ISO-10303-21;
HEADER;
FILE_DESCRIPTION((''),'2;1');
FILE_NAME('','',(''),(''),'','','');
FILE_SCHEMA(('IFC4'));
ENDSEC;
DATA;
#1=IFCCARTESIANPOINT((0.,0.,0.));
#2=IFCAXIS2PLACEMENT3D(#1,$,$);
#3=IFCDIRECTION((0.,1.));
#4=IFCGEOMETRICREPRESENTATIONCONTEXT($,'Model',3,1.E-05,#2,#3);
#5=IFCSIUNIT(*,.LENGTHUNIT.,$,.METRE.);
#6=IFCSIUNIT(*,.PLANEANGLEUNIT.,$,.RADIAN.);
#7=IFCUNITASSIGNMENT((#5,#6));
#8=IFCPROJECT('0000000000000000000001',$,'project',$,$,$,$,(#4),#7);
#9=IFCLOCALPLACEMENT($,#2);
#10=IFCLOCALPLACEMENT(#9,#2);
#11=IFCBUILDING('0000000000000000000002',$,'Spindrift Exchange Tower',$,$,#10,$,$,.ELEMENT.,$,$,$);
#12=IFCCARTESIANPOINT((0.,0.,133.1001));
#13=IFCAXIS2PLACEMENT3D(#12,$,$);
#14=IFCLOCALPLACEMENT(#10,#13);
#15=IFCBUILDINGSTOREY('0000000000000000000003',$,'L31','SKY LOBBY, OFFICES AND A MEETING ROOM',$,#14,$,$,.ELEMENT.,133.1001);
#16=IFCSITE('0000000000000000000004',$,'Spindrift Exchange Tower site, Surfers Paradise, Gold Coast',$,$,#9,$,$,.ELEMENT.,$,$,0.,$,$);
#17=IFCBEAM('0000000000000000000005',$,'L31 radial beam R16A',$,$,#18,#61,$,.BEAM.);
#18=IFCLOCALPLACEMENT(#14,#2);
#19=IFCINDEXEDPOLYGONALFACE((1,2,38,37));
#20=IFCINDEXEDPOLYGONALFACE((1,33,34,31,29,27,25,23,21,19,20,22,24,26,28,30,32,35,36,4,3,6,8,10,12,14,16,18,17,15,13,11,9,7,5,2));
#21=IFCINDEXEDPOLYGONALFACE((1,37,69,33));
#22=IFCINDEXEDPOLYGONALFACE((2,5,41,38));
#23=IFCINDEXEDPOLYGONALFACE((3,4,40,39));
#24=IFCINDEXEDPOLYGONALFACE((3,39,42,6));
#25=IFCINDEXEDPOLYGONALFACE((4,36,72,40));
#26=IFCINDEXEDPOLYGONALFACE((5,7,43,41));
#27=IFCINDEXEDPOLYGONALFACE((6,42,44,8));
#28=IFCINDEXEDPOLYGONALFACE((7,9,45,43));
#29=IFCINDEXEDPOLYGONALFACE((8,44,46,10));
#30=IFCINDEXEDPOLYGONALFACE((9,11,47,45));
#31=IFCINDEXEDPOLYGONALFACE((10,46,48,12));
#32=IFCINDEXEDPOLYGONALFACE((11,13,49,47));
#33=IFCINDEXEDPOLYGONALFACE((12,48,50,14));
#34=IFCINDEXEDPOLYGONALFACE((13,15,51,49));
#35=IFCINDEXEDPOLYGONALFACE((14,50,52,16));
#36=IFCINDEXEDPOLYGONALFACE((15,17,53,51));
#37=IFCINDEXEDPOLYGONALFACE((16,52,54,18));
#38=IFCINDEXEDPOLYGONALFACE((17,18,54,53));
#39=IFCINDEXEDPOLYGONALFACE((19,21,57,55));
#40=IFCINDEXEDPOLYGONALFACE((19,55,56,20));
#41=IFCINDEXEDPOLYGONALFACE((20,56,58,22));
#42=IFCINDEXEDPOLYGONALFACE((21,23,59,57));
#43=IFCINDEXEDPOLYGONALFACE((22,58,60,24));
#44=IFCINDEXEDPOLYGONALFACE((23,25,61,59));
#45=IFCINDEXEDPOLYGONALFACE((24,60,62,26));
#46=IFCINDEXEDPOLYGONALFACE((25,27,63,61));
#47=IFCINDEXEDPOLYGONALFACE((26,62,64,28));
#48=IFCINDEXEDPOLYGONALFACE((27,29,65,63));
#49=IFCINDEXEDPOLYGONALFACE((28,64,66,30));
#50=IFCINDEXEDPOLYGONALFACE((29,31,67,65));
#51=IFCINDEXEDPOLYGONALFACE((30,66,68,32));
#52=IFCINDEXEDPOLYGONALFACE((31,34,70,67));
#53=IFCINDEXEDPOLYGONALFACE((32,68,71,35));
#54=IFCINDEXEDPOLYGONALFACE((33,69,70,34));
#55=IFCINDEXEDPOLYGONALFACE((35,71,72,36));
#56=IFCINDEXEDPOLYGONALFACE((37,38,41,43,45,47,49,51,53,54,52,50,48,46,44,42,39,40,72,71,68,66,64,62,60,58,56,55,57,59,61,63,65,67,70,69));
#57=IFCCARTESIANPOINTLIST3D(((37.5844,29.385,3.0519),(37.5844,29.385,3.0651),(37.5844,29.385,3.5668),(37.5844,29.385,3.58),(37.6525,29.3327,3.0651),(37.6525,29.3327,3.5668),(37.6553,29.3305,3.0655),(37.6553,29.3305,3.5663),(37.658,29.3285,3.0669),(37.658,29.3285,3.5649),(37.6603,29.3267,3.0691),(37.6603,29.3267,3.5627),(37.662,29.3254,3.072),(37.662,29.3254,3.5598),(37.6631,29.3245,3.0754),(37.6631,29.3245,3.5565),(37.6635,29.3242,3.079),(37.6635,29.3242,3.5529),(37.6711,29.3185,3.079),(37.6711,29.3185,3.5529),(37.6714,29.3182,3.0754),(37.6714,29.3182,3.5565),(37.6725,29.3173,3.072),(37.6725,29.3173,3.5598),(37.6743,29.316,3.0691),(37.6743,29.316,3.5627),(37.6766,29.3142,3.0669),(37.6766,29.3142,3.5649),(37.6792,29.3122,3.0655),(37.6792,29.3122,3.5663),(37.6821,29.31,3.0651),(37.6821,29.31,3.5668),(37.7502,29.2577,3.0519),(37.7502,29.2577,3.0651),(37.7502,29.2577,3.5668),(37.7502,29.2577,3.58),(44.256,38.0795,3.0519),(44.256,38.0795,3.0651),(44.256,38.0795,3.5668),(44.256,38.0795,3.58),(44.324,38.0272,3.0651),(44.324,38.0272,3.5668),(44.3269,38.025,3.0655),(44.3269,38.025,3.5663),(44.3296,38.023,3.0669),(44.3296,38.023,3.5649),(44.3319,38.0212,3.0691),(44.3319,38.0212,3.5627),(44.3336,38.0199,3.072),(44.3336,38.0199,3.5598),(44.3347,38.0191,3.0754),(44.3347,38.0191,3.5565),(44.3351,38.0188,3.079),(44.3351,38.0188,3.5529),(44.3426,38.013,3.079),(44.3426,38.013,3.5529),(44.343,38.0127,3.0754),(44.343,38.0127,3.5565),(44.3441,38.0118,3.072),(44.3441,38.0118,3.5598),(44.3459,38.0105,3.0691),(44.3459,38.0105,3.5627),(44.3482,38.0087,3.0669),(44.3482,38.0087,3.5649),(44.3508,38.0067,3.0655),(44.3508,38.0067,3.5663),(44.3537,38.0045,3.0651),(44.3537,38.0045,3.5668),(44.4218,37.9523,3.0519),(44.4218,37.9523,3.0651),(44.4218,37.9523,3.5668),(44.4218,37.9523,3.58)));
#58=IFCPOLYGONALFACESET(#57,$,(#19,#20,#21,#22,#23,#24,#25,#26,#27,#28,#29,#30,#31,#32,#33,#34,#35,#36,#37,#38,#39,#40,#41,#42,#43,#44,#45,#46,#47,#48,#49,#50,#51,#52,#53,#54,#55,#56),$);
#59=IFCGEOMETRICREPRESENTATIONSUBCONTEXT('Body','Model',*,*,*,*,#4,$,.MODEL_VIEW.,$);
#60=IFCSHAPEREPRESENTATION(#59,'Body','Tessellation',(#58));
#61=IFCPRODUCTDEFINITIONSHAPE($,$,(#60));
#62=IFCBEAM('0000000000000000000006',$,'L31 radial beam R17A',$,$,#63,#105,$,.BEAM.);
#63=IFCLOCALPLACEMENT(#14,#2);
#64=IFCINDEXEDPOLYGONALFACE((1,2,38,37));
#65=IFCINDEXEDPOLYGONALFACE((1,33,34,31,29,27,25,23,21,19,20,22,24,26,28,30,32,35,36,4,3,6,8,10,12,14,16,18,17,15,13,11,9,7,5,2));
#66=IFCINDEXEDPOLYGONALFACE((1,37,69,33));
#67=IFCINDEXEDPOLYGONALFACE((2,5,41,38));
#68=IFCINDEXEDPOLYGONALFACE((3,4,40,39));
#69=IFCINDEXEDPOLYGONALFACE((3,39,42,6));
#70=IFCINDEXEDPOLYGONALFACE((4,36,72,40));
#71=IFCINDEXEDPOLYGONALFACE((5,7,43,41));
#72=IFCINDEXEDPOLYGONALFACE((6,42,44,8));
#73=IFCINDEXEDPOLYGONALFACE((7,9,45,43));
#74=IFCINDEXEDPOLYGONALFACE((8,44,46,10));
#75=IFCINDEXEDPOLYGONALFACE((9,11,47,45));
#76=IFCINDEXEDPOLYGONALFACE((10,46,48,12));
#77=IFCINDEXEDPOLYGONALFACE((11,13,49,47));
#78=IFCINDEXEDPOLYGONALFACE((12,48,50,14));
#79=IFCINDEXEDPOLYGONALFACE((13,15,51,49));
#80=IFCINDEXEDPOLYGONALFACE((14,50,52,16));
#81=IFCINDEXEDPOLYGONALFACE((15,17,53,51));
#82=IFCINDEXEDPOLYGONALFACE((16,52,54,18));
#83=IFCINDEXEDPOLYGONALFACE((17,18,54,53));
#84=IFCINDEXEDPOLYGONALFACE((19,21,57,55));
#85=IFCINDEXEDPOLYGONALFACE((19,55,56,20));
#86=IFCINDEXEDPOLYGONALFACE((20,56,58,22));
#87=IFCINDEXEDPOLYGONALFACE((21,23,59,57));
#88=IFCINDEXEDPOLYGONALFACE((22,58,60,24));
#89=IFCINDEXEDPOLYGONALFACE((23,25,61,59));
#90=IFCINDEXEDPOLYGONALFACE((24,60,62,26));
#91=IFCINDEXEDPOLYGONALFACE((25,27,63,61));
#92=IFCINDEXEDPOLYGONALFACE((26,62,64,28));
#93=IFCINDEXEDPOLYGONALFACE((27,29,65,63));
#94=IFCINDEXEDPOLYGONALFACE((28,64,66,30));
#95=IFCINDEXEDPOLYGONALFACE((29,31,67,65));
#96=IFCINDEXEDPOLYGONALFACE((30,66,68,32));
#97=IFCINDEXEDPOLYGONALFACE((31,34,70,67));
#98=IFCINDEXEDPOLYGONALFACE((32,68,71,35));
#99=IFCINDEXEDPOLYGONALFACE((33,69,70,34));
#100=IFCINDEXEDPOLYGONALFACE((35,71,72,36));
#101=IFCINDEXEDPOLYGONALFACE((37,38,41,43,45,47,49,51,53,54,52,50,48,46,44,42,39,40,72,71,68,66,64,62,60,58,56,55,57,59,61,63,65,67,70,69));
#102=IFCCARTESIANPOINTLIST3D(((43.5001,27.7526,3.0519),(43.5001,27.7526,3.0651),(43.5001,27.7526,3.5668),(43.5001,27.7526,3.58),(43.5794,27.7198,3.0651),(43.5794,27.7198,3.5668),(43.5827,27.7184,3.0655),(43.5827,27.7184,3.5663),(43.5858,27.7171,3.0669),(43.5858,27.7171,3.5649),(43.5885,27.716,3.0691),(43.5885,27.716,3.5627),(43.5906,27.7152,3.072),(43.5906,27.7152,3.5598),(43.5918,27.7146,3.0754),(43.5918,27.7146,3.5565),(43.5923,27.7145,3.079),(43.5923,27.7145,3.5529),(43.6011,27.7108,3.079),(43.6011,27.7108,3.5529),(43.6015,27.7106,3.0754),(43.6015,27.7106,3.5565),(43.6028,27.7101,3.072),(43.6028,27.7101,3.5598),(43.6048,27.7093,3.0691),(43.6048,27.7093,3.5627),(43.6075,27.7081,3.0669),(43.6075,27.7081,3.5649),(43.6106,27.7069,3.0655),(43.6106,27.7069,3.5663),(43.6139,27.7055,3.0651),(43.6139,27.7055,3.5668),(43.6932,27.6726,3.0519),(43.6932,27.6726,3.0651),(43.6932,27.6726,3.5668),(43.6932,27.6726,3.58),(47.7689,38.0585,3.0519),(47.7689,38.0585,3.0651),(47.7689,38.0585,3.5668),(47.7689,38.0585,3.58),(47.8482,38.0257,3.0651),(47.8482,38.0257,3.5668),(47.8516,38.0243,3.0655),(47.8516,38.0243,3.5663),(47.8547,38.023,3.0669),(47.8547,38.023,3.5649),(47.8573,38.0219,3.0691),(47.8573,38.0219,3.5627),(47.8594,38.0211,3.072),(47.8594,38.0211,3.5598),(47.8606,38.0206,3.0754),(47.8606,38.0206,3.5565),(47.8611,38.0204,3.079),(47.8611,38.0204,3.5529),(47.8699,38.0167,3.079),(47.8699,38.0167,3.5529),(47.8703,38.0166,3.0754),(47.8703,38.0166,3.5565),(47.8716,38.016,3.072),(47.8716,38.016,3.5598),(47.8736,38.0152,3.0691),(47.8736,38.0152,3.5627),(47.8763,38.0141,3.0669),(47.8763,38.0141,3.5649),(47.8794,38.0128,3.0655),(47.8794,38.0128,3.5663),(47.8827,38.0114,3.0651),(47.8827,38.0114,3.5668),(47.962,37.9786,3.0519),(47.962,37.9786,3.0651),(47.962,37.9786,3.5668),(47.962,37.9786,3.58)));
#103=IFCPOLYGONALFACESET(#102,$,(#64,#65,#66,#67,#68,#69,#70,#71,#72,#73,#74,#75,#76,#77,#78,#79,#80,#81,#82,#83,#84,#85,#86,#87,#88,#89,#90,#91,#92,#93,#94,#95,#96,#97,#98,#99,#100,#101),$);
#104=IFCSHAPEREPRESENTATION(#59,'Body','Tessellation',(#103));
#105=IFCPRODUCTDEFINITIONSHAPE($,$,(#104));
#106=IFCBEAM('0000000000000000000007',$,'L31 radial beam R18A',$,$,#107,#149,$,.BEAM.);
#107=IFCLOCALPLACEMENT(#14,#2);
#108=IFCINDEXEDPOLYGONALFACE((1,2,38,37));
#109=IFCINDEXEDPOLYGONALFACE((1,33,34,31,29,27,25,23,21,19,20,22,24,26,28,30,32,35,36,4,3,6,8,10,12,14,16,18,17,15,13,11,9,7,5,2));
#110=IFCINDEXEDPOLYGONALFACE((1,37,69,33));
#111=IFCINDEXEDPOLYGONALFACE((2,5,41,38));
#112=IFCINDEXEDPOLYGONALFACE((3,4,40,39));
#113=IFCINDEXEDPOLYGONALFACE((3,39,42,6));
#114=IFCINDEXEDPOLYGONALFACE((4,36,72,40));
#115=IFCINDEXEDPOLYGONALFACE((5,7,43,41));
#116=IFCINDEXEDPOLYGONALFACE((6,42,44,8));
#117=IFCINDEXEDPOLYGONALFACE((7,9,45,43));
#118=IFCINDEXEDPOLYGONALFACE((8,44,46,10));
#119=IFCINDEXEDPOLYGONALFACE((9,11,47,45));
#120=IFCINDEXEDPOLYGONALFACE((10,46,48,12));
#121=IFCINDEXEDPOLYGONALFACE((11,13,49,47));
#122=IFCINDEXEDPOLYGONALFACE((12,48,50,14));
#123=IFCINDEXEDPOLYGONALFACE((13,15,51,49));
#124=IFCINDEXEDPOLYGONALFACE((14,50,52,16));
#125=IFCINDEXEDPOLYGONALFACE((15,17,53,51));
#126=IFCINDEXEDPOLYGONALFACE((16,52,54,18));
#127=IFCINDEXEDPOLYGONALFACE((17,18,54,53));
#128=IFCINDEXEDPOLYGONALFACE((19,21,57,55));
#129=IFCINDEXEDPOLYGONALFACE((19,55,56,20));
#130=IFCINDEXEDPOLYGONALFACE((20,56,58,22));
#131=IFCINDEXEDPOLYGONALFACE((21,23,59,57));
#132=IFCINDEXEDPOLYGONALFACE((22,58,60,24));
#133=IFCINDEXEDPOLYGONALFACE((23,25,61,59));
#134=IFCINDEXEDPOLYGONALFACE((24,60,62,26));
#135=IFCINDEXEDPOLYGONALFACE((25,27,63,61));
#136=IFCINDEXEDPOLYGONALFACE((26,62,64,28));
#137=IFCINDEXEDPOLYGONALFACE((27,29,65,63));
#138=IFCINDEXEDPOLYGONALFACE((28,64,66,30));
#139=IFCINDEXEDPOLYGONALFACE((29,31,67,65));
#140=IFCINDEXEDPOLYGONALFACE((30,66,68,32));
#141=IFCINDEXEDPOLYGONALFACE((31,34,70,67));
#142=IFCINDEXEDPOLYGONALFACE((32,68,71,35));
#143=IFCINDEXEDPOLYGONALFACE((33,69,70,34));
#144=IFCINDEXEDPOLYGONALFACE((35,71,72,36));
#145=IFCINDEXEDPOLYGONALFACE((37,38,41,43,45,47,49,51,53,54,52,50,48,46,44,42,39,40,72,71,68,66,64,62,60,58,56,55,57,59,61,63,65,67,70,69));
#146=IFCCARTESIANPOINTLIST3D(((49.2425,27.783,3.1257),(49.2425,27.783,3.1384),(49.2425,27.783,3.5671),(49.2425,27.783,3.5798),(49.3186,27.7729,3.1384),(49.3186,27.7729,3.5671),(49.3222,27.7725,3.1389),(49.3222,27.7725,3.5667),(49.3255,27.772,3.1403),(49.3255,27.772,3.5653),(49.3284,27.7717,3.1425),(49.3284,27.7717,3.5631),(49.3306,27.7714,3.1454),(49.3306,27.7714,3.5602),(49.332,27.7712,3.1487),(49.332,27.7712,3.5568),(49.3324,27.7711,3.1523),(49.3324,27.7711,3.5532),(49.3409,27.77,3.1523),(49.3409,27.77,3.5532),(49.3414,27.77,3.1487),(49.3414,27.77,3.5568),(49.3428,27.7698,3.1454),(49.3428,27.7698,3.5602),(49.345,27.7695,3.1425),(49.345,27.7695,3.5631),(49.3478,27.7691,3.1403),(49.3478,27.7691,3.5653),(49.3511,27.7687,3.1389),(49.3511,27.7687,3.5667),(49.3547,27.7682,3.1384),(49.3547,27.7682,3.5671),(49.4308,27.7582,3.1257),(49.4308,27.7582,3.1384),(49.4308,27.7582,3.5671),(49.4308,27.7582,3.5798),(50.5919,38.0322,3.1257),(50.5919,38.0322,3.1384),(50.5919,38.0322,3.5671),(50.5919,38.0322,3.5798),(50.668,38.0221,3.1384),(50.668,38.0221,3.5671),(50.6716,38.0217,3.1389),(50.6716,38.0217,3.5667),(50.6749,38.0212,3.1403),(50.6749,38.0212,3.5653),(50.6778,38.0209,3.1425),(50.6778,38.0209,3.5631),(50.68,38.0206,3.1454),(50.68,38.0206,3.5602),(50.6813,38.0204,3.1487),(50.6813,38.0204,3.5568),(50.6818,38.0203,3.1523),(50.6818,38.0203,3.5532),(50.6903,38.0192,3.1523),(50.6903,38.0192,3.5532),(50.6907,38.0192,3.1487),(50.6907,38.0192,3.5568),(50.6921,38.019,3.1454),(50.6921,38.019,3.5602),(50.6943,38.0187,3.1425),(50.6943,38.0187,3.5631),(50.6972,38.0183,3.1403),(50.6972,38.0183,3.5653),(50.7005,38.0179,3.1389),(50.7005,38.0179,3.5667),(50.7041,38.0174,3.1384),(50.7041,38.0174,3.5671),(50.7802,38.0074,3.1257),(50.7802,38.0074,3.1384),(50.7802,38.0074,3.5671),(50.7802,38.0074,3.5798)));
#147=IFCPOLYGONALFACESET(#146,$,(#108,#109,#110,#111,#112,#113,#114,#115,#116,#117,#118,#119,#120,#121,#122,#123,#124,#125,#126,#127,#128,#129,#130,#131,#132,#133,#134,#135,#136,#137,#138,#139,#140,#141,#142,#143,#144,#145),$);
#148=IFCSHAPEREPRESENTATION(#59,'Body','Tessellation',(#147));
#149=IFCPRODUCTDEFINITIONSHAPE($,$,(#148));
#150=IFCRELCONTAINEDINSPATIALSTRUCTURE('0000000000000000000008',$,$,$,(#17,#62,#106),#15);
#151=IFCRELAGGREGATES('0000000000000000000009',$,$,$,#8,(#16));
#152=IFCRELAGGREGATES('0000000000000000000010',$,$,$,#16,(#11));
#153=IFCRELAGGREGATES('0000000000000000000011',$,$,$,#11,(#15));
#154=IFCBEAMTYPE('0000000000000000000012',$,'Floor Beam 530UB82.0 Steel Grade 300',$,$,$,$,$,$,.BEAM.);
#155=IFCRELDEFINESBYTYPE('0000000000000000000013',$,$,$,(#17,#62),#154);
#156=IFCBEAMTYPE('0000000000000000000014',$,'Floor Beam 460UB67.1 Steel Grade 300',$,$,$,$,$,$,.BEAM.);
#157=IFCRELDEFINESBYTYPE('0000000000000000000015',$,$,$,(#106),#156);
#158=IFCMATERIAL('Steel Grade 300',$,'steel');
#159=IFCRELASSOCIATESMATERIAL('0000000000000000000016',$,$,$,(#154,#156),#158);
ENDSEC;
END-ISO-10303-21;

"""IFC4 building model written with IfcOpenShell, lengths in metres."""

from ifc_helpers import new_model, si_unit, direction, frame, origin, origin_2d, place, context, subcontext, project, spatial, i_section, extrude, source, transform, mapped, material, material_profile, profile_set, type_object, element, save


model = new_model("IFC4")

# Units and contexts
model_context = context("Model", 3, precision=1e-05, world=origin(), true_north=direction((0.0, 1.0)))
body_context = subcontext(model_context, "Body", "Model", "MODEL_VIEW")
ifc_project = project(units=[si_unit("LENGTHUNIT", "METRE"), si_unit("PLANEANGLEUNIT", "RADIAN")], contexts=[model_context])

# Site, building, storey
site_placement = place(None, origin())
site = spatial("IfcSite", under=ifc_project, at=site_placement, Name="Spindrift Exchange Tower site, Surfers Paradise, Gold Coast", CompositionType="ELEMENT", RefElevation=0.0)
building_placement = place(site_placement, origin())
building = spatial("IfcBuilding", under=site, at=building_placement, Name="Spindrift Exchange Tower", CompositionType="ELEMENT")
storey_placement = place(building_placement, frame((0.0, 0.0, 133.1001)))
storey = spatial("IfcBuildingStorey", under=building, at=storey_placement, Name="L31", Description="SKY LOBBY, OFFICES AND A MEETING ROOM", CompositionType="ELEMENT", Elevation=133.1001)

# Beams
ifc_material_1 = material(Name="Steel Grade 300", Category="steel")
ifc_material_profile_1 = material_profile(ifc_material_1, i_section(OverallWidth=0.209, OverallDepth=0.5281, WebThickness=0.0095, FlangeThickness=0.0132, FilletRadius=0.0139, at=origin_2d()), Name="530UB82.0")
ifc_profile_set_1 = profile_set([ifc_material_profile_1], Name="Steel Grade 300")
beam_type_1 = type_object("IfcBeamType", Name="Floor Beam 530UB82.0 Steel Grade 300", PredefinedType="BEAM", material=ifc_profile_set_1)
shared_shape_1 = source(origin(), body_context, "Body", "SweptSolid", [
    extrude(i_section(OverallWidth=0.209, OverallDepth=0.5281, WebThickness=0.0095, FlangeThickness=0.0132, FilletRadius=0.0139, at=origin_2d()), origin(), (0.0, 0.0, 1.0), 10.9592),
])
beam_1_placement = place(storey_placement, frame((44.3389, 38.0159, 3.3159), z_axis=(-0.608764, -0.793351, 0.0), x_axis=(0.793351, -0.608764, 0.0)))
element("IfcBeam", 1, at=beam_1_placement, inside=storey, type_object=beam_type_1, Name="L31 radial beam R16A", PredefinedType="BEAM", context=body_context, shape_type="MappedRepresentation", body=[
    mapped(shared_shape_1, transform((0.0, 0.0, 0.0), scale=1.0)),
])
shared_shape_2 = source(origin(), body_context, "Body", "SweptSolid", [
    extrude(i_section(OverallWidth=0.209, OverallDepth=0.5281, WebThickness=0.0095, FlangeThickness=0.0132, FilletRadius=0.0139, at=origin_2d()), origin(), (0.0, 0.0, 1.0), 11.155),
])
beam_2_placement = place(storey_placement, frame((47.8655, 38.0186, 3.3159), z_axis=(-0.38268, -0.923881, 0.0), x_axis=(0.923881, -0.38268, 0.0)))
element("IfcBeam", 2, at=beam_2_placement, inside=storey, type_object=beam_type_1, Name="L31 radial beam R17A", PredefinedType="BEAM", context=body_context, shape_type="MappedRepresentation", body=[
    mapped(shared_shape_2, transform((0.0, 0.0, 0.0), scale=1.0)),
])
ifc_material_profile_2 = material_profile(ifc_material_1, i_section(OverallWidth=0.1899, OverallDepth=0.4541, WebThickness=0.0085, FlangeThickness=0.0127, FilletRadius=0.0139, at=origin_2d()), Name="460UB67.1")
ifc_profile_set_2 = profile_set([ifc_material_profile_2], Name="Steel Grade 300")
beam_type_2 = type_object("IfcBeamType", Name="Floor Beam 460UB67.1 Steel Grade 300", PredefinedType="BEAM", material=ifc_profile_set_2)
shared_shape_3 = source(origin(), body_context, "Body", "SweptSolid", [
    extrude(i_section(OverallWidth=0.1899, OverallDepth=0.4541, WebThickness=0.0085, FlangeThickness=0.0127, FilletRadius=0.0139, at=origin_2d()), origin(), (0.0, 0.0, 1.0), 10.3376),
])
beam_3_placement = place(storey_placement, frame((50.686, 38.0198, 3.3528), z_axis=(-0.130528, -0.991445, 0.0), x_axis=(0.991445, -0.130528, 0.0)))
element("IfcBeam", 3, at=beam_3_placement, inside=storey, type_object=beam_type_2, Name="L31 radial beam R18A", PredefinedType="BEAM", context=body_context, shape_type="MappedRepresentation", body=[
    mapped(shared_shape_3, transform((0.0, 0.0, 0.0), scale=1.0)),
])

save(model, "model.ifc")
